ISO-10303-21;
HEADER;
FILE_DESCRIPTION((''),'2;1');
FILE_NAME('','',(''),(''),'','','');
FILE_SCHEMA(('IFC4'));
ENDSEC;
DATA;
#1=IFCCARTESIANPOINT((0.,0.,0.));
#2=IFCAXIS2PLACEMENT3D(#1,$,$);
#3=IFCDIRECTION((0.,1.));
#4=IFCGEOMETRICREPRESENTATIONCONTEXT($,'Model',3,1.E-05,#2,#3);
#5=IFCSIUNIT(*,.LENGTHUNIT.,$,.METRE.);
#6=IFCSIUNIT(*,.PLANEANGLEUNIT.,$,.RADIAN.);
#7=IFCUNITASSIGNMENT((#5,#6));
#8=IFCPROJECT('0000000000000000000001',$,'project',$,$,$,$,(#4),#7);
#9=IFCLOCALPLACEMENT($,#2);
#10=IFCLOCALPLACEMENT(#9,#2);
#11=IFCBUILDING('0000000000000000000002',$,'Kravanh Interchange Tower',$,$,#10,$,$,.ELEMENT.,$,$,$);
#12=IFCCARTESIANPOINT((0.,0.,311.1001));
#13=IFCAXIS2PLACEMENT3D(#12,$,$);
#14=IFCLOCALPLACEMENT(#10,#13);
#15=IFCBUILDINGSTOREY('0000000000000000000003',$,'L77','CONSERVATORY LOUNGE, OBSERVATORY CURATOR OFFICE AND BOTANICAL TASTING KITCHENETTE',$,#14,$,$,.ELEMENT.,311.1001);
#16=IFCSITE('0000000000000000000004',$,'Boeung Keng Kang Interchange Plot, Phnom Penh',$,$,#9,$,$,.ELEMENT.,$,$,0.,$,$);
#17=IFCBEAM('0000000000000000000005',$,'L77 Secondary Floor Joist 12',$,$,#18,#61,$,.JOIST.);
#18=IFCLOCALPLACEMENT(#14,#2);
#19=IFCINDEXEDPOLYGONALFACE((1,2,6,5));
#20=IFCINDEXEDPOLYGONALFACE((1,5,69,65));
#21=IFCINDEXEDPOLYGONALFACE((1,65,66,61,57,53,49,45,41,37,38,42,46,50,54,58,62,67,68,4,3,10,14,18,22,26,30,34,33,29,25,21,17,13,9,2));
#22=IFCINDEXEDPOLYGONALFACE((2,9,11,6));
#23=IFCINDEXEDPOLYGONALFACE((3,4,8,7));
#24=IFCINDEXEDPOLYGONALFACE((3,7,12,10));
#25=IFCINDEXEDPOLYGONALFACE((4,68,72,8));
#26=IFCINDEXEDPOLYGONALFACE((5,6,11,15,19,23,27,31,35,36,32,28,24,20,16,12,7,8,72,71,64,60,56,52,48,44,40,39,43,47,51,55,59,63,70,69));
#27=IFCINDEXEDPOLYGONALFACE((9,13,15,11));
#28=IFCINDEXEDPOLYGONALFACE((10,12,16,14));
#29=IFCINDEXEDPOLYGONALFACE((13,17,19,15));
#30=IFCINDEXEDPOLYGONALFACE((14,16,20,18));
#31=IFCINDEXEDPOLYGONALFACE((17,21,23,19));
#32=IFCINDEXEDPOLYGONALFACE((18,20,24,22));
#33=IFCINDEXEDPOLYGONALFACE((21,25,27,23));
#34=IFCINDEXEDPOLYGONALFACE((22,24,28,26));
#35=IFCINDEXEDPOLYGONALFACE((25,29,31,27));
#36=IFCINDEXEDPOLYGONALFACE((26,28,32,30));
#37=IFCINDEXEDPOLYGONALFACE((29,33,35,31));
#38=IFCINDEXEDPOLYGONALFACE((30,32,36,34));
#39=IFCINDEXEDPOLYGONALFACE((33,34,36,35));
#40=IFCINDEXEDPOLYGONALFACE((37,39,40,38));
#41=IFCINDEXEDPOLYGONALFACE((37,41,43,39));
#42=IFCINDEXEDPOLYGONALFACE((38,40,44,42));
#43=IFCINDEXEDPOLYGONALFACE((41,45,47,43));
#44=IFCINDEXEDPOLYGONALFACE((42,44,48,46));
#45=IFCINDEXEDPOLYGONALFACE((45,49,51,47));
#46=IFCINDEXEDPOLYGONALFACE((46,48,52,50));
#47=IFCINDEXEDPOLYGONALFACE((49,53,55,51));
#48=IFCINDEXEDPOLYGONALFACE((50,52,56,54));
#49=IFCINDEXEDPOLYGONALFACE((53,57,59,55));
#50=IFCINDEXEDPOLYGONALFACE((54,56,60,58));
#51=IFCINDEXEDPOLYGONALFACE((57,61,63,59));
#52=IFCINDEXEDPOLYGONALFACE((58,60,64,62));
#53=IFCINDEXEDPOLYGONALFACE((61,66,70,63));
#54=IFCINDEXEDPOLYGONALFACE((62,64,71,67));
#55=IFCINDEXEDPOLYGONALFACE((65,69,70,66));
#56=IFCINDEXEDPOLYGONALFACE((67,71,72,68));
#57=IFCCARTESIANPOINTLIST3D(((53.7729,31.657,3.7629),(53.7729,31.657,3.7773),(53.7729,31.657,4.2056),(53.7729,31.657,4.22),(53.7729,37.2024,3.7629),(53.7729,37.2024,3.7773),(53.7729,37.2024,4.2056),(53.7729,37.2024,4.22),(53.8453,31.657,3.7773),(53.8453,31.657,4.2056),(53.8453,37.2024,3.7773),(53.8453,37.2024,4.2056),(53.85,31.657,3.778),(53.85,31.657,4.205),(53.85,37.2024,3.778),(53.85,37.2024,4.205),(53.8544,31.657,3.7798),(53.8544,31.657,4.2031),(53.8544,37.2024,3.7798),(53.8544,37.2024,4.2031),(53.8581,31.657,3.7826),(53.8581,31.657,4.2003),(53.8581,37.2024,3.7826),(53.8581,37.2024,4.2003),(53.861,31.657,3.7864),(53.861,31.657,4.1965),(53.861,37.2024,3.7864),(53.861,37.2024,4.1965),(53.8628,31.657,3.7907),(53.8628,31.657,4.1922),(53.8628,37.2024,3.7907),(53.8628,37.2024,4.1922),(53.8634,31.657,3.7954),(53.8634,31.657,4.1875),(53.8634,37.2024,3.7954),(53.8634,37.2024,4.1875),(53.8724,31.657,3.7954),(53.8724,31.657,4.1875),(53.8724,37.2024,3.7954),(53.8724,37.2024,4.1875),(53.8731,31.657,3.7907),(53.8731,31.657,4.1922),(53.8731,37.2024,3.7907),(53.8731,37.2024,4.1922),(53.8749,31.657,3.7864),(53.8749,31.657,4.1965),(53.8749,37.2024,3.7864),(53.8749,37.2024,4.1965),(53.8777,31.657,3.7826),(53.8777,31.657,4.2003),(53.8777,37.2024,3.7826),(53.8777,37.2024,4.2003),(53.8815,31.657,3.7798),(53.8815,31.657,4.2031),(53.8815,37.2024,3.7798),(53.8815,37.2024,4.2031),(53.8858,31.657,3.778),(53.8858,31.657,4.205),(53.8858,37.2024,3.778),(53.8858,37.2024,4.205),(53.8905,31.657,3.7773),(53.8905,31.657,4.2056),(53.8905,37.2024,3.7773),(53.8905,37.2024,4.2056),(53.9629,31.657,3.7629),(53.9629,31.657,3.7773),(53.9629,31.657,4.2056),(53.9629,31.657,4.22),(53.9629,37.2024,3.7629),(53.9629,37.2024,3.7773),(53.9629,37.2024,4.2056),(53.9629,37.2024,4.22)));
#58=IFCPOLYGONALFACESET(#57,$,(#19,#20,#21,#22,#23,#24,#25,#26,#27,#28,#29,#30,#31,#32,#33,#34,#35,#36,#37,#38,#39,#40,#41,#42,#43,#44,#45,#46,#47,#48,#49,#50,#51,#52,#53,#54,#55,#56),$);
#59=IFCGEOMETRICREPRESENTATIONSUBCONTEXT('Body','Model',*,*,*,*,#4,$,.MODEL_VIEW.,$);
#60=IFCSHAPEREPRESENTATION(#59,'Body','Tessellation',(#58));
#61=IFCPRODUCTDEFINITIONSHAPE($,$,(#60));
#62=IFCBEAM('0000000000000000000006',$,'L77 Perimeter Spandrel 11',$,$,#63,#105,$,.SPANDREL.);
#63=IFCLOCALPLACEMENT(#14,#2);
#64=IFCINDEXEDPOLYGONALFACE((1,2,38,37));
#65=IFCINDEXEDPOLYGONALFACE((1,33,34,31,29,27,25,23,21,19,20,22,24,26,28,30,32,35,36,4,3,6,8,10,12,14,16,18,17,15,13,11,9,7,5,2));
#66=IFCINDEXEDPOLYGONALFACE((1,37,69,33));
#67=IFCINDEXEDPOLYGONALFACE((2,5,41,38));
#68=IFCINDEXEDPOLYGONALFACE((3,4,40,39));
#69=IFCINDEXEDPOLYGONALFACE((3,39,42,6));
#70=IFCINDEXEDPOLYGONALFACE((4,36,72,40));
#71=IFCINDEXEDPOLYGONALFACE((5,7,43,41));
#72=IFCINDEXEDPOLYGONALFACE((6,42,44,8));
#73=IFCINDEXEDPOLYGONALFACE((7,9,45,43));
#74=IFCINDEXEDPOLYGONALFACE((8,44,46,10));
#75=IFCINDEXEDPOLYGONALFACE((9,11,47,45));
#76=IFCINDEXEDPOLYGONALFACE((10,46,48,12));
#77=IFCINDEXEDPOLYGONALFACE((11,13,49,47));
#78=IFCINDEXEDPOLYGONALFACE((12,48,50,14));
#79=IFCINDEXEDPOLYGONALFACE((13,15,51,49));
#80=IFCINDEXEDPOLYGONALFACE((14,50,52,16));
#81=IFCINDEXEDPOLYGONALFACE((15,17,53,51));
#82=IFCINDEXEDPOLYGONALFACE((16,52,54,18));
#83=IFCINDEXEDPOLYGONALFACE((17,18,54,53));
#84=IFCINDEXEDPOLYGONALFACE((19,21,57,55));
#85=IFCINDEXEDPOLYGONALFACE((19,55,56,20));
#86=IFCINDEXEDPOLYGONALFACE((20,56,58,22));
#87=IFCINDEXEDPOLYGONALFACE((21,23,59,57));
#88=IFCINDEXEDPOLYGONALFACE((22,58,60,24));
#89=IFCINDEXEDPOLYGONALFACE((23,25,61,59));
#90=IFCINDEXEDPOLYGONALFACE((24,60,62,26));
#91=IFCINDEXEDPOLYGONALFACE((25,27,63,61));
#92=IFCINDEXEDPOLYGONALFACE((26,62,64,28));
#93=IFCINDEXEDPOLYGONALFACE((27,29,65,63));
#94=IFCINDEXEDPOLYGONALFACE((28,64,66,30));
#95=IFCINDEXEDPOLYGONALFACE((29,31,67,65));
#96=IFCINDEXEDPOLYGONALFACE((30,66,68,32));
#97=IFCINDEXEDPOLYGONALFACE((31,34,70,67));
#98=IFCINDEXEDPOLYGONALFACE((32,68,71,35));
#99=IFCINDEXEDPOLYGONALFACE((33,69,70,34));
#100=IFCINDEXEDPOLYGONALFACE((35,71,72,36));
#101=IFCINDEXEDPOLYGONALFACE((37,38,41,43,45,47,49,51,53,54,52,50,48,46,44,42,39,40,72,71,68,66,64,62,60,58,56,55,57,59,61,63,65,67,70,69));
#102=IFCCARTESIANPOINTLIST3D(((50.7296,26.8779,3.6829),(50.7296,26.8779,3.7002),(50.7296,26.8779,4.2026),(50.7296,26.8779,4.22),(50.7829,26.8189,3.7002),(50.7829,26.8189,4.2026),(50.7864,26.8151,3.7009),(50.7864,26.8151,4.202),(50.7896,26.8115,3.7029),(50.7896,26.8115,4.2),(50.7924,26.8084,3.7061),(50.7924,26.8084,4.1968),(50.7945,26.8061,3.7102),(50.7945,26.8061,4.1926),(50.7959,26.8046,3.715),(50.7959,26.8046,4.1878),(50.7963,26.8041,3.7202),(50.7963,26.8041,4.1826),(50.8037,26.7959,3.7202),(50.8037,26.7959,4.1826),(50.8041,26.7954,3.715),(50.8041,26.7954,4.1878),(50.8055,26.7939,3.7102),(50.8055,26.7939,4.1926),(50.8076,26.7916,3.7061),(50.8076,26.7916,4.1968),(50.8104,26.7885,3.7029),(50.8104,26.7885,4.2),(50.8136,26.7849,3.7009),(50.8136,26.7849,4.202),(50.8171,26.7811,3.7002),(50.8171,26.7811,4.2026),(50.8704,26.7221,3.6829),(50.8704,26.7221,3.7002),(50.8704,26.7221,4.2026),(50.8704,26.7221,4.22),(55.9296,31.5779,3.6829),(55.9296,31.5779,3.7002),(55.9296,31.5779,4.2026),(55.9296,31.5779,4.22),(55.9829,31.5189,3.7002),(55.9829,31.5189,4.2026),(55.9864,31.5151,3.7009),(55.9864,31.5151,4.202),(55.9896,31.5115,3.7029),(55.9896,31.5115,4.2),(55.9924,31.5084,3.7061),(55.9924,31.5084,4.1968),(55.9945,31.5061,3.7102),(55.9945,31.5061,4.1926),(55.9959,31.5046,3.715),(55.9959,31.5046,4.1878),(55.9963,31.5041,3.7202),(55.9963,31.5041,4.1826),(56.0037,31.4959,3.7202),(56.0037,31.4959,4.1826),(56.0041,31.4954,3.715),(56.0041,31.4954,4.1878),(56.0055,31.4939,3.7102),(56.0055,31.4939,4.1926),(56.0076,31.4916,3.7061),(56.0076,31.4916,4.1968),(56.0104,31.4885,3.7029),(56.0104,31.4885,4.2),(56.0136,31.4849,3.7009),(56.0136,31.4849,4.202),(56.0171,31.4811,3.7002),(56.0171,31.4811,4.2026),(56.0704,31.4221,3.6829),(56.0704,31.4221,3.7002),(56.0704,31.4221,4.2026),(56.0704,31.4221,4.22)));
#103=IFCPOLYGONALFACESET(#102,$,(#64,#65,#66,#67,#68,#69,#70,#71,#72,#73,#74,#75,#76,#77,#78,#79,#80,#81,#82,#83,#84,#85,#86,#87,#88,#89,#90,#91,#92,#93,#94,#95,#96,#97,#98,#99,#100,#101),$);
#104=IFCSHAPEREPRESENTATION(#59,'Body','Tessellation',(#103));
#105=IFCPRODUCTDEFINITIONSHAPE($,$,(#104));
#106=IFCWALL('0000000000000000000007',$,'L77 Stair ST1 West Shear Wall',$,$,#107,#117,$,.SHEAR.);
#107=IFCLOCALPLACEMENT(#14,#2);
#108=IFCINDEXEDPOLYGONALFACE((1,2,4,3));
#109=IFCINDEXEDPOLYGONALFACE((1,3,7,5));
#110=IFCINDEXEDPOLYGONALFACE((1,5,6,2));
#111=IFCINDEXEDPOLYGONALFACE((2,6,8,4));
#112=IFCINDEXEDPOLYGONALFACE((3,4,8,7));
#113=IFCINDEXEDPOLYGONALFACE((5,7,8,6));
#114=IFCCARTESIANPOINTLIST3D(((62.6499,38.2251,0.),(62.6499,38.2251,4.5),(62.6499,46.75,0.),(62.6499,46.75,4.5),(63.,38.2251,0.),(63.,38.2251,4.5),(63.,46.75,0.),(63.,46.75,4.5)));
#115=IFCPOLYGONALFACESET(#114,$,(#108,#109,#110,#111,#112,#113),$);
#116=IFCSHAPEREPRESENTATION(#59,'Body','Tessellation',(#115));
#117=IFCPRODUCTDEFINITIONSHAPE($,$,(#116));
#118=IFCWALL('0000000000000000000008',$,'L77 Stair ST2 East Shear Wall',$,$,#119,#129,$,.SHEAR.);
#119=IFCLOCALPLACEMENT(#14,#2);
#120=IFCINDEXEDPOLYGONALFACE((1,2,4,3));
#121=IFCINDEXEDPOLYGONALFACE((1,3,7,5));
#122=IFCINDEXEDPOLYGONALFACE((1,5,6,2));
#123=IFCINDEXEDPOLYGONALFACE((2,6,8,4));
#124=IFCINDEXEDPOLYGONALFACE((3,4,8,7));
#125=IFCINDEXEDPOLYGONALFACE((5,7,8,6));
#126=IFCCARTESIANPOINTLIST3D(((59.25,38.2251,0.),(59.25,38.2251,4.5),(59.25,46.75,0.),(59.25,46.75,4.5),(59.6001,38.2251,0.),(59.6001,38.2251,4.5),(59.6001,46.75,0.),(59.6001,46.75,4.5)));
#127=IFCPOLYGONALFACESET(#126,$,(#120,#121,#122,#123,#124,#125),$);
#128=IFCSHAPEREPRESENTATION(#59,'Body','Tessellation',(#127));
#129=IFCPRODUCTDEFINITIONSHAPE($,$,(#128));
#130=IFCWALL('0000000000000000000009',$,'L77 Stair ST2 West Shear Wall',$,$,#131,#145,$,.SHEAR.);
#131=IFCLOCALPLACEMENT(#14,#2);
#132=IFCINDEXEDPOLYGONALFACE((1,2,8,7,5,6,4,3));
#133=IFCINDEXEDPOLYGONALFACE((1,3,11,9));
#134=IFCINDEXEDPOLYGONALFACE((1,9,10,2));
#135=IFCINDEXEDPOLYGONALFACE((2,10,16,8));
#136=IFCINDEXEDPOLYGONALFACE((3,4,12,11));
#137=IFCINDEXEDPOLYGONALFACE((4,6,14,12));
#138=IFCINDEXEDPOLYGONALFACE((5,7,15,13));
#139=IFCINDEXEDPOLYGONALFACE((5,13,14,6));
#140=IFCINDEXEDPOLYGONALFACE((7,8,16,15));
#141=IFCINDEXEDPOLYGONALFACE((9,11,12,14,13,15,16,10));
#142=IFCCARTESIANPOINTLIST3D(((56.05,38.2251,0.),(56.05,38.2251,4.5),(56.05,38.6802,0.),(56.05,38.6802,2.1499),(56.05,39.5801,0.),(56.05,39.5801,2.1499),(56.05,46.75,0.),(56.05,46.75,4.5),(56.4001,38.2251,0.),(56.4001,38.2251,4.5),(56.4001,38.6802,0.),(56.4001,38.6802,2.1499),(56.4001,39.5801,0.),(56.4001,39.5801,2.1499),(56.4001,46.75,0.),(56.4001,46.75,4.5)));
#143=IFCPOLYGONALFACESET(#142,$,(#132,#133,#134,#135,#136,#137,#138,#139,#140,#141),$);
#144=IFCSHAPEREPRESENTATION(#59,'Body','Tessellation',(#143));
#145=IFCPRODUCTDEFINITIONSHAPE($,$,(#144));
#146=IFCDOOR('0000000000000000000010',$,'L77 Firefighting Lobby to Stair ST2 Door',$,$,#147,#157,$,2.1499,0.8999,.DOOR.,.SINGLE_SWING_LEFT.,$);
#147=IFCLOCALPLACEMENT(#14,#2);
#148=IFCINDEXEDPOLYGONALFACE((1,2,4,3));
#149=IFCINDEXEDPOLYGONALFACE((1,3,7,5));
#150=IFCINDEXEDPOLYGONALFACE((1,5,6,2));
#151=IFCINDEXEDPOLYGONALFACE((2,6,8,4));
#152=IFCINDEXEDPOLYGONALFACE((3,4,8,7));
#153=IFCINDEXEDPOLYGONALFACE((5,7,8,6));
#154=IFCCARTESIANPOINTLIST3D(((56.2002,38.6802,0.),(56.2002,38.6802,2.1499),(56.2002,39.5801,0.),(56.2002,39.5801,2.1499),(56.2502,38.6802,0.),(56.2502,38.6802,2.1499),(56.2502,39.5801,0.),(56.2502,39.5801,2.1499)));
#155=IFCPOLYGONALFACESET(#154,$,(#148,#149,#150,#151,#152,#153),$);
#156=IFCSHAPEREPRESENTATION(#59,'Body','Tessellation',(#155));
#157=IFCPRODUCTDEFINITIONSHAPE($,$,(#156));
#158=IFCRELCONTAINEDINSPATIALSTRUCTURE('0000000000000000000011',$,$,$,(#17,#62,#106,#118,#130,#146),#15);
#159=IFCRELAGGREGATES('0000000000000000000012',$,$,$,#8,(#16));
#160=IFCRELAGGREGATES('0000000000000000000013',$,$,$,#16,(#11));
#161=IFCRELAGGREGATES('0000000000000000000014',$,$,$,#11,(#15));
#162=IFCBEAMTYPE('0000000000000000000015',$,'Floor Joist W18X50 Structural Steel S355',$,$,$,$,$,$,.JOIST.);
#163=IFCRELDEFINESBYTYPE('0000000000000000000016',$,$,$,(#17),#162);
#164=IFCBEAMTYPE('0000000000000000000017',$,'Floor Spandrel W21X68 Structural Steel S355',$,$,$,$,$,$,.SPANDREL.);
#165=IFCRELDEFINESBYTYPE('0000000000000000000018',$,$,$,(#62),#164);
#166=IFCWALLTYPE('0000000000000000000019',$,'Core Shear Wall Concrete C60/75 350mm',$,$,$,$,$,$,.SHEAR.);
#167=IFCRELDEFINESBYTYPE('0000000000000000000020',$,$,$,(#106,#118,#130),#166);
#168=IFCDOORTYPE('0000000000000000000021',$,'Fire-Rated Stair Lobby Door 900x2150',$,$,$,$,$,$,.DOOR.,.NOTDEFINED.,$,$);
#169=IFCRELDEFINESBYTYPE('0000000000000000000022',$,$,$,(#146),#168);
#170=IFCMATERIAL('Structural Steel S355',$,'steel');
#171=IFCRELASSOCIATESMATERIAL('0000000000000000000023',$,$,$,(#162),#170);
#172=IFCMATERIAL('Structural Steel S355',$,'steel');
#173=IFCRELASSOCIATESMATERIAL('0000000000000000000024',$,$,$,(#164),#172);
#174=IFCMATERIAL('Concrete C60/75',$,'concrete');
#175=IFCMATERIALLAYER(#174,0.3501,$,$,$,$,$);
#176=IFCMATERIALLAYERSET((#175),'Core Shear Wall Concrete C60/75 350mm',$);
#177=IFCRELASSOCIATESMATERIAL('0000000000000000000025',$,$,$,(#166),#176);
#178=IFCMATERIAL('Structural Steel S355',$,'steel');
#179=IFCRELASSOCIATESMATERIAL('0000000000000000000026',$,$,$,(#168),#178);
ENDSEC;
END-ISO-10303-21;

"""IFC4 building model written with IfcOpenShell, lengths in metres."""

from ifc_helpers import new_model, si_unit, direction, frame, frame_2d, origin, origin_2d, place, context, subcontext, project, spatial, rectangle, i_section, extrude, material, layer, layer_set, material_profile, profile_set, type_object, element, fill, save


model = new_model("IFC4")

# Units and contexts
model_context = context("Model", 3, precision=1e-05, world=origin(), true_north=direction((0.0, 1.0)))
body_context = subcontext(model_context, "Body", "Model", "MODEL_VIEW")
ifc_project = project(units=[si_unit("LENGTHUNIT", "METRE"), si_unit("PLANEANGLEUNIT", "RADIAN")], contexts=[model_context])

# Site, building, storey
site_placement = place(None, origin())
site = spatial("IfcSite", under=ifc_project, at=site_placement, Name="Boeung Keng Kang Interchange Plot, Phnom Penh", CompositionType="ELEMENT", RefElevation=0.0)
building_placement = place(site_placement, origin())
building = spatial("IfcBuilding", under=site, at=building_placement, Name="Kravanh Interchange Tower", CompositionType="ELEMENT")
storey_placement = place(building_placement, frame((0.0, 0.0, 311.1001)))
storey = spatial("IfcBuildingStorey", under=building, at=storey_placement, Name="L77", Description="CONSERVATORY LOUNGE, OBSERVATORY CURATOR OFFICE AND BOTANICAL TASTING KITCHENETTE", CompositionType="ELEMENT", Elevation=311.1001)

# Beams
ifc_material_1 = material(Name="Structural Steel S355", Category="steel")
ifc_material_profile_1 = material_profile(ifc_material_1, i_section(OverallWidth=0.1899, OverallDepth=0.457, WebThickness=0.009, FlangeThickness=0.0144, FilletRadius=0.0181, at=origin_2d()), Name="W18X50")
ifc_profile_set_1 = profile_set([ifc_material_profile_1], Name="Structural Steel S355")
beam_type_1 = type_object("IfcBeamType", Name="Floor Joist W18X50 Structural Steel S355", PredefinedType="JOIST", material=ifc_profile_set_1)
for number, where, z_axis, x_axis, name in (
    (1, (53.8679, 31.657, 3.9915), (0.0, 1.0, 0.0), (-1.0, 0.0, 0.0), "L77 Secondary Floor Joist 12"),
):
    element("IfcBeam", number, at=place(storey_placement, frame(where, z_axis=z_axis, x_axis=x_axis)), inside=storey, type_object=beam_type_1, Name=name, PredefinedType="JOIST", context=body_context, shape_type="SweptSolid", body=[
        extrude(i_section(OverallWidth=0.1899, OverallDepth=0.457, WebThickness=0.009, FlangeThickness=0.0144, FilletRadius=0.0181, at=origin_2d()), origin(), (0.0, 0.0, 1.0), 5.5454),
    ])
ifc_material_2 = material(Name="Structural Steel S355", Category="steel")
ifc_material_profile_2 = material_profile(ifc_material_2, i_section(OverallWidth=0.21, OverallDepth=0.5371, WebThickness=0.011, FlangeThickness=0.0173, FilletRadius=0.02, at=origin_2d()), Name="W21X68")
ifc_profile_set_2 = profile_set([ifc_material_profile_2], Name="Structural Steel S355")
beam_type_2 = type_object("IfcBeamType", Name="Floor Spandrel W21X68 Structural Steel S355", PredefinedType="SPANDREL", material=ifc_profile_set_2)
beam_1_placement = place(storey_placement, frame((56.0, 31.5, 3.9514), z_axis=(-0.741874, -0.670539, 0.0), x_axis=(0.670539, -0.741874, 0.0)))
element("IfcBeam", 2, at=beam_1_placement, inside=storey, type_object=beam_type_2, Name="L77 Perimeter Spandrel 11", PredefinedType="SPANDREL", context=body_context, shape_type="SweptSolid", body=[
    extrude(i_section(OverallWidth=0.21, OverallDepth=0.5371, WebThickness=0.011, FlangeThickness=0.0173, FilletRadius=0.02, at=origin_2d()), origin(), (0.0, 0.0, 1.0), 7.0093),
])

# Walls
ifc_material_3 = material(Name="Concrete C60/75", Category="concrete")
ifc_layer_1 = layer(ifc_material_3, 0.3501)
ifc_layer_set_1 = layer_set([ifc_layer_1], Name="Core Shear Wall Concrete C60/75 350mm")
wall_type_1 = type_object("IfcWallType", Name="Core Shear Wall Concrete C60/75 350mm", PredefinedType="SHEAR", material=ifc_layer_set_1)
for number, where, z_axis, x_axis, name in (
    (3, (62.825, 38.2251, 0.0), (0.0, 0.0, 1.0), (0.0, 1.0, 0.0), "L77 Stair ST1 West Shear Wall"),
    (4, (59.425, 38.2251, 0.0), (0.0, 0.0, 1.0), (0.0, 1.0, 0.0), "L77 Stair ST2 East Shear Wall"),
):
    element("IfcWall", number, at=place(storey_placement, frame(where, z_axis=z_axis, x_axis=x_axis)), inside=storey, type_object=wall_type_1, Name=name, PredefinedType="SHEAR", context=body_context, shape_type="SweptSolid", body=[
        extrude(rectangle(XDim=8.5249, YDim=0.3501, at=frame_2d((4.2625, 0.0))), origin(), (0.0, 0.0, 1.0), 4.5),
    ])

# Wall, opening, door
wall_1_placement = place(storey_placement, frame((56.2251, 38.2251, 0.0), z_axis=(0.0, 0.0, 1.0), x_axis=(0.0, 1.0, 0.0)))
wall_1 = element("IfcWall", 5, at=wall_1_placement, inside=storey, type_object=wall_type_1, Name="L77 Stair ST2 West Shear Wall", PredefinedType="SHEAR", context=body_context, shape_type="SweptSolid", body=[
    extrude(rectangle(XDim=8.5249, YDim=0.3501, at=frame_2d((4.2625, 0.0))), origin(), (0.0, 0.0, 1.0), 4.5),
])
opening_1_placement = place(wall_1_placement, frame((0.4551, 0.0, 0.0)))
opening_1 = element("IfcOpeningElement", 6, at=opening_1_placement, cuts=wall_1, PredefinedType="OPENING", context=body_context, shape_type="SweptSolid", body=[
    extrude(rectangle(XDim=0.8999, YDim=2.1499, at=frame_2d((0.45, 1.075))), frame((0.0, 0.1851, 0.0), z_axis=(0.0, -1.0, 0.0), x_axis=(1.0, 0.0, 0.0)), (0.0, 0.0, 1.0), 0.3701),
])
ifc_material_4 = material(Name="Structural Steel S355", Category="steel")
door_type_1 = type_object("IfcDoorType", Name="Fire-Rated Stair Lobby Door 900x2150", OperationType="NOTDEFINED", PredefinedType="DOOR", material=ifc_material_4)
door_1_placement = place(opening_1_placement, origin())
door_1 = element("IfcDoor", 7, at=door_1_placement, inside=storey, type_object=door_type_1, Name="L77 Firefighting Lobby to Stair ST2 Door", OperationType="SINGLE_SWING_LEFT", OverallHeight=2.1499, OverallWidth=0.8999, PredefinedType="DOOR", context=body_context, shape_type="SweptSolid", body=[
    extrude(rectangle(XDim=0.8999, YDim=2.1499, at=frame_2d((0.45, 1.075))), frame((0.0, 0.0249, 0.0), z_axis=(0.0, -1.0, 0.0), x_axis=(1.0, 0.0, 0.0)), (0.0, 0.0, 1.0), 0.05),
])
fill(opening_1, door_1)

save(model, "model.ifc")
